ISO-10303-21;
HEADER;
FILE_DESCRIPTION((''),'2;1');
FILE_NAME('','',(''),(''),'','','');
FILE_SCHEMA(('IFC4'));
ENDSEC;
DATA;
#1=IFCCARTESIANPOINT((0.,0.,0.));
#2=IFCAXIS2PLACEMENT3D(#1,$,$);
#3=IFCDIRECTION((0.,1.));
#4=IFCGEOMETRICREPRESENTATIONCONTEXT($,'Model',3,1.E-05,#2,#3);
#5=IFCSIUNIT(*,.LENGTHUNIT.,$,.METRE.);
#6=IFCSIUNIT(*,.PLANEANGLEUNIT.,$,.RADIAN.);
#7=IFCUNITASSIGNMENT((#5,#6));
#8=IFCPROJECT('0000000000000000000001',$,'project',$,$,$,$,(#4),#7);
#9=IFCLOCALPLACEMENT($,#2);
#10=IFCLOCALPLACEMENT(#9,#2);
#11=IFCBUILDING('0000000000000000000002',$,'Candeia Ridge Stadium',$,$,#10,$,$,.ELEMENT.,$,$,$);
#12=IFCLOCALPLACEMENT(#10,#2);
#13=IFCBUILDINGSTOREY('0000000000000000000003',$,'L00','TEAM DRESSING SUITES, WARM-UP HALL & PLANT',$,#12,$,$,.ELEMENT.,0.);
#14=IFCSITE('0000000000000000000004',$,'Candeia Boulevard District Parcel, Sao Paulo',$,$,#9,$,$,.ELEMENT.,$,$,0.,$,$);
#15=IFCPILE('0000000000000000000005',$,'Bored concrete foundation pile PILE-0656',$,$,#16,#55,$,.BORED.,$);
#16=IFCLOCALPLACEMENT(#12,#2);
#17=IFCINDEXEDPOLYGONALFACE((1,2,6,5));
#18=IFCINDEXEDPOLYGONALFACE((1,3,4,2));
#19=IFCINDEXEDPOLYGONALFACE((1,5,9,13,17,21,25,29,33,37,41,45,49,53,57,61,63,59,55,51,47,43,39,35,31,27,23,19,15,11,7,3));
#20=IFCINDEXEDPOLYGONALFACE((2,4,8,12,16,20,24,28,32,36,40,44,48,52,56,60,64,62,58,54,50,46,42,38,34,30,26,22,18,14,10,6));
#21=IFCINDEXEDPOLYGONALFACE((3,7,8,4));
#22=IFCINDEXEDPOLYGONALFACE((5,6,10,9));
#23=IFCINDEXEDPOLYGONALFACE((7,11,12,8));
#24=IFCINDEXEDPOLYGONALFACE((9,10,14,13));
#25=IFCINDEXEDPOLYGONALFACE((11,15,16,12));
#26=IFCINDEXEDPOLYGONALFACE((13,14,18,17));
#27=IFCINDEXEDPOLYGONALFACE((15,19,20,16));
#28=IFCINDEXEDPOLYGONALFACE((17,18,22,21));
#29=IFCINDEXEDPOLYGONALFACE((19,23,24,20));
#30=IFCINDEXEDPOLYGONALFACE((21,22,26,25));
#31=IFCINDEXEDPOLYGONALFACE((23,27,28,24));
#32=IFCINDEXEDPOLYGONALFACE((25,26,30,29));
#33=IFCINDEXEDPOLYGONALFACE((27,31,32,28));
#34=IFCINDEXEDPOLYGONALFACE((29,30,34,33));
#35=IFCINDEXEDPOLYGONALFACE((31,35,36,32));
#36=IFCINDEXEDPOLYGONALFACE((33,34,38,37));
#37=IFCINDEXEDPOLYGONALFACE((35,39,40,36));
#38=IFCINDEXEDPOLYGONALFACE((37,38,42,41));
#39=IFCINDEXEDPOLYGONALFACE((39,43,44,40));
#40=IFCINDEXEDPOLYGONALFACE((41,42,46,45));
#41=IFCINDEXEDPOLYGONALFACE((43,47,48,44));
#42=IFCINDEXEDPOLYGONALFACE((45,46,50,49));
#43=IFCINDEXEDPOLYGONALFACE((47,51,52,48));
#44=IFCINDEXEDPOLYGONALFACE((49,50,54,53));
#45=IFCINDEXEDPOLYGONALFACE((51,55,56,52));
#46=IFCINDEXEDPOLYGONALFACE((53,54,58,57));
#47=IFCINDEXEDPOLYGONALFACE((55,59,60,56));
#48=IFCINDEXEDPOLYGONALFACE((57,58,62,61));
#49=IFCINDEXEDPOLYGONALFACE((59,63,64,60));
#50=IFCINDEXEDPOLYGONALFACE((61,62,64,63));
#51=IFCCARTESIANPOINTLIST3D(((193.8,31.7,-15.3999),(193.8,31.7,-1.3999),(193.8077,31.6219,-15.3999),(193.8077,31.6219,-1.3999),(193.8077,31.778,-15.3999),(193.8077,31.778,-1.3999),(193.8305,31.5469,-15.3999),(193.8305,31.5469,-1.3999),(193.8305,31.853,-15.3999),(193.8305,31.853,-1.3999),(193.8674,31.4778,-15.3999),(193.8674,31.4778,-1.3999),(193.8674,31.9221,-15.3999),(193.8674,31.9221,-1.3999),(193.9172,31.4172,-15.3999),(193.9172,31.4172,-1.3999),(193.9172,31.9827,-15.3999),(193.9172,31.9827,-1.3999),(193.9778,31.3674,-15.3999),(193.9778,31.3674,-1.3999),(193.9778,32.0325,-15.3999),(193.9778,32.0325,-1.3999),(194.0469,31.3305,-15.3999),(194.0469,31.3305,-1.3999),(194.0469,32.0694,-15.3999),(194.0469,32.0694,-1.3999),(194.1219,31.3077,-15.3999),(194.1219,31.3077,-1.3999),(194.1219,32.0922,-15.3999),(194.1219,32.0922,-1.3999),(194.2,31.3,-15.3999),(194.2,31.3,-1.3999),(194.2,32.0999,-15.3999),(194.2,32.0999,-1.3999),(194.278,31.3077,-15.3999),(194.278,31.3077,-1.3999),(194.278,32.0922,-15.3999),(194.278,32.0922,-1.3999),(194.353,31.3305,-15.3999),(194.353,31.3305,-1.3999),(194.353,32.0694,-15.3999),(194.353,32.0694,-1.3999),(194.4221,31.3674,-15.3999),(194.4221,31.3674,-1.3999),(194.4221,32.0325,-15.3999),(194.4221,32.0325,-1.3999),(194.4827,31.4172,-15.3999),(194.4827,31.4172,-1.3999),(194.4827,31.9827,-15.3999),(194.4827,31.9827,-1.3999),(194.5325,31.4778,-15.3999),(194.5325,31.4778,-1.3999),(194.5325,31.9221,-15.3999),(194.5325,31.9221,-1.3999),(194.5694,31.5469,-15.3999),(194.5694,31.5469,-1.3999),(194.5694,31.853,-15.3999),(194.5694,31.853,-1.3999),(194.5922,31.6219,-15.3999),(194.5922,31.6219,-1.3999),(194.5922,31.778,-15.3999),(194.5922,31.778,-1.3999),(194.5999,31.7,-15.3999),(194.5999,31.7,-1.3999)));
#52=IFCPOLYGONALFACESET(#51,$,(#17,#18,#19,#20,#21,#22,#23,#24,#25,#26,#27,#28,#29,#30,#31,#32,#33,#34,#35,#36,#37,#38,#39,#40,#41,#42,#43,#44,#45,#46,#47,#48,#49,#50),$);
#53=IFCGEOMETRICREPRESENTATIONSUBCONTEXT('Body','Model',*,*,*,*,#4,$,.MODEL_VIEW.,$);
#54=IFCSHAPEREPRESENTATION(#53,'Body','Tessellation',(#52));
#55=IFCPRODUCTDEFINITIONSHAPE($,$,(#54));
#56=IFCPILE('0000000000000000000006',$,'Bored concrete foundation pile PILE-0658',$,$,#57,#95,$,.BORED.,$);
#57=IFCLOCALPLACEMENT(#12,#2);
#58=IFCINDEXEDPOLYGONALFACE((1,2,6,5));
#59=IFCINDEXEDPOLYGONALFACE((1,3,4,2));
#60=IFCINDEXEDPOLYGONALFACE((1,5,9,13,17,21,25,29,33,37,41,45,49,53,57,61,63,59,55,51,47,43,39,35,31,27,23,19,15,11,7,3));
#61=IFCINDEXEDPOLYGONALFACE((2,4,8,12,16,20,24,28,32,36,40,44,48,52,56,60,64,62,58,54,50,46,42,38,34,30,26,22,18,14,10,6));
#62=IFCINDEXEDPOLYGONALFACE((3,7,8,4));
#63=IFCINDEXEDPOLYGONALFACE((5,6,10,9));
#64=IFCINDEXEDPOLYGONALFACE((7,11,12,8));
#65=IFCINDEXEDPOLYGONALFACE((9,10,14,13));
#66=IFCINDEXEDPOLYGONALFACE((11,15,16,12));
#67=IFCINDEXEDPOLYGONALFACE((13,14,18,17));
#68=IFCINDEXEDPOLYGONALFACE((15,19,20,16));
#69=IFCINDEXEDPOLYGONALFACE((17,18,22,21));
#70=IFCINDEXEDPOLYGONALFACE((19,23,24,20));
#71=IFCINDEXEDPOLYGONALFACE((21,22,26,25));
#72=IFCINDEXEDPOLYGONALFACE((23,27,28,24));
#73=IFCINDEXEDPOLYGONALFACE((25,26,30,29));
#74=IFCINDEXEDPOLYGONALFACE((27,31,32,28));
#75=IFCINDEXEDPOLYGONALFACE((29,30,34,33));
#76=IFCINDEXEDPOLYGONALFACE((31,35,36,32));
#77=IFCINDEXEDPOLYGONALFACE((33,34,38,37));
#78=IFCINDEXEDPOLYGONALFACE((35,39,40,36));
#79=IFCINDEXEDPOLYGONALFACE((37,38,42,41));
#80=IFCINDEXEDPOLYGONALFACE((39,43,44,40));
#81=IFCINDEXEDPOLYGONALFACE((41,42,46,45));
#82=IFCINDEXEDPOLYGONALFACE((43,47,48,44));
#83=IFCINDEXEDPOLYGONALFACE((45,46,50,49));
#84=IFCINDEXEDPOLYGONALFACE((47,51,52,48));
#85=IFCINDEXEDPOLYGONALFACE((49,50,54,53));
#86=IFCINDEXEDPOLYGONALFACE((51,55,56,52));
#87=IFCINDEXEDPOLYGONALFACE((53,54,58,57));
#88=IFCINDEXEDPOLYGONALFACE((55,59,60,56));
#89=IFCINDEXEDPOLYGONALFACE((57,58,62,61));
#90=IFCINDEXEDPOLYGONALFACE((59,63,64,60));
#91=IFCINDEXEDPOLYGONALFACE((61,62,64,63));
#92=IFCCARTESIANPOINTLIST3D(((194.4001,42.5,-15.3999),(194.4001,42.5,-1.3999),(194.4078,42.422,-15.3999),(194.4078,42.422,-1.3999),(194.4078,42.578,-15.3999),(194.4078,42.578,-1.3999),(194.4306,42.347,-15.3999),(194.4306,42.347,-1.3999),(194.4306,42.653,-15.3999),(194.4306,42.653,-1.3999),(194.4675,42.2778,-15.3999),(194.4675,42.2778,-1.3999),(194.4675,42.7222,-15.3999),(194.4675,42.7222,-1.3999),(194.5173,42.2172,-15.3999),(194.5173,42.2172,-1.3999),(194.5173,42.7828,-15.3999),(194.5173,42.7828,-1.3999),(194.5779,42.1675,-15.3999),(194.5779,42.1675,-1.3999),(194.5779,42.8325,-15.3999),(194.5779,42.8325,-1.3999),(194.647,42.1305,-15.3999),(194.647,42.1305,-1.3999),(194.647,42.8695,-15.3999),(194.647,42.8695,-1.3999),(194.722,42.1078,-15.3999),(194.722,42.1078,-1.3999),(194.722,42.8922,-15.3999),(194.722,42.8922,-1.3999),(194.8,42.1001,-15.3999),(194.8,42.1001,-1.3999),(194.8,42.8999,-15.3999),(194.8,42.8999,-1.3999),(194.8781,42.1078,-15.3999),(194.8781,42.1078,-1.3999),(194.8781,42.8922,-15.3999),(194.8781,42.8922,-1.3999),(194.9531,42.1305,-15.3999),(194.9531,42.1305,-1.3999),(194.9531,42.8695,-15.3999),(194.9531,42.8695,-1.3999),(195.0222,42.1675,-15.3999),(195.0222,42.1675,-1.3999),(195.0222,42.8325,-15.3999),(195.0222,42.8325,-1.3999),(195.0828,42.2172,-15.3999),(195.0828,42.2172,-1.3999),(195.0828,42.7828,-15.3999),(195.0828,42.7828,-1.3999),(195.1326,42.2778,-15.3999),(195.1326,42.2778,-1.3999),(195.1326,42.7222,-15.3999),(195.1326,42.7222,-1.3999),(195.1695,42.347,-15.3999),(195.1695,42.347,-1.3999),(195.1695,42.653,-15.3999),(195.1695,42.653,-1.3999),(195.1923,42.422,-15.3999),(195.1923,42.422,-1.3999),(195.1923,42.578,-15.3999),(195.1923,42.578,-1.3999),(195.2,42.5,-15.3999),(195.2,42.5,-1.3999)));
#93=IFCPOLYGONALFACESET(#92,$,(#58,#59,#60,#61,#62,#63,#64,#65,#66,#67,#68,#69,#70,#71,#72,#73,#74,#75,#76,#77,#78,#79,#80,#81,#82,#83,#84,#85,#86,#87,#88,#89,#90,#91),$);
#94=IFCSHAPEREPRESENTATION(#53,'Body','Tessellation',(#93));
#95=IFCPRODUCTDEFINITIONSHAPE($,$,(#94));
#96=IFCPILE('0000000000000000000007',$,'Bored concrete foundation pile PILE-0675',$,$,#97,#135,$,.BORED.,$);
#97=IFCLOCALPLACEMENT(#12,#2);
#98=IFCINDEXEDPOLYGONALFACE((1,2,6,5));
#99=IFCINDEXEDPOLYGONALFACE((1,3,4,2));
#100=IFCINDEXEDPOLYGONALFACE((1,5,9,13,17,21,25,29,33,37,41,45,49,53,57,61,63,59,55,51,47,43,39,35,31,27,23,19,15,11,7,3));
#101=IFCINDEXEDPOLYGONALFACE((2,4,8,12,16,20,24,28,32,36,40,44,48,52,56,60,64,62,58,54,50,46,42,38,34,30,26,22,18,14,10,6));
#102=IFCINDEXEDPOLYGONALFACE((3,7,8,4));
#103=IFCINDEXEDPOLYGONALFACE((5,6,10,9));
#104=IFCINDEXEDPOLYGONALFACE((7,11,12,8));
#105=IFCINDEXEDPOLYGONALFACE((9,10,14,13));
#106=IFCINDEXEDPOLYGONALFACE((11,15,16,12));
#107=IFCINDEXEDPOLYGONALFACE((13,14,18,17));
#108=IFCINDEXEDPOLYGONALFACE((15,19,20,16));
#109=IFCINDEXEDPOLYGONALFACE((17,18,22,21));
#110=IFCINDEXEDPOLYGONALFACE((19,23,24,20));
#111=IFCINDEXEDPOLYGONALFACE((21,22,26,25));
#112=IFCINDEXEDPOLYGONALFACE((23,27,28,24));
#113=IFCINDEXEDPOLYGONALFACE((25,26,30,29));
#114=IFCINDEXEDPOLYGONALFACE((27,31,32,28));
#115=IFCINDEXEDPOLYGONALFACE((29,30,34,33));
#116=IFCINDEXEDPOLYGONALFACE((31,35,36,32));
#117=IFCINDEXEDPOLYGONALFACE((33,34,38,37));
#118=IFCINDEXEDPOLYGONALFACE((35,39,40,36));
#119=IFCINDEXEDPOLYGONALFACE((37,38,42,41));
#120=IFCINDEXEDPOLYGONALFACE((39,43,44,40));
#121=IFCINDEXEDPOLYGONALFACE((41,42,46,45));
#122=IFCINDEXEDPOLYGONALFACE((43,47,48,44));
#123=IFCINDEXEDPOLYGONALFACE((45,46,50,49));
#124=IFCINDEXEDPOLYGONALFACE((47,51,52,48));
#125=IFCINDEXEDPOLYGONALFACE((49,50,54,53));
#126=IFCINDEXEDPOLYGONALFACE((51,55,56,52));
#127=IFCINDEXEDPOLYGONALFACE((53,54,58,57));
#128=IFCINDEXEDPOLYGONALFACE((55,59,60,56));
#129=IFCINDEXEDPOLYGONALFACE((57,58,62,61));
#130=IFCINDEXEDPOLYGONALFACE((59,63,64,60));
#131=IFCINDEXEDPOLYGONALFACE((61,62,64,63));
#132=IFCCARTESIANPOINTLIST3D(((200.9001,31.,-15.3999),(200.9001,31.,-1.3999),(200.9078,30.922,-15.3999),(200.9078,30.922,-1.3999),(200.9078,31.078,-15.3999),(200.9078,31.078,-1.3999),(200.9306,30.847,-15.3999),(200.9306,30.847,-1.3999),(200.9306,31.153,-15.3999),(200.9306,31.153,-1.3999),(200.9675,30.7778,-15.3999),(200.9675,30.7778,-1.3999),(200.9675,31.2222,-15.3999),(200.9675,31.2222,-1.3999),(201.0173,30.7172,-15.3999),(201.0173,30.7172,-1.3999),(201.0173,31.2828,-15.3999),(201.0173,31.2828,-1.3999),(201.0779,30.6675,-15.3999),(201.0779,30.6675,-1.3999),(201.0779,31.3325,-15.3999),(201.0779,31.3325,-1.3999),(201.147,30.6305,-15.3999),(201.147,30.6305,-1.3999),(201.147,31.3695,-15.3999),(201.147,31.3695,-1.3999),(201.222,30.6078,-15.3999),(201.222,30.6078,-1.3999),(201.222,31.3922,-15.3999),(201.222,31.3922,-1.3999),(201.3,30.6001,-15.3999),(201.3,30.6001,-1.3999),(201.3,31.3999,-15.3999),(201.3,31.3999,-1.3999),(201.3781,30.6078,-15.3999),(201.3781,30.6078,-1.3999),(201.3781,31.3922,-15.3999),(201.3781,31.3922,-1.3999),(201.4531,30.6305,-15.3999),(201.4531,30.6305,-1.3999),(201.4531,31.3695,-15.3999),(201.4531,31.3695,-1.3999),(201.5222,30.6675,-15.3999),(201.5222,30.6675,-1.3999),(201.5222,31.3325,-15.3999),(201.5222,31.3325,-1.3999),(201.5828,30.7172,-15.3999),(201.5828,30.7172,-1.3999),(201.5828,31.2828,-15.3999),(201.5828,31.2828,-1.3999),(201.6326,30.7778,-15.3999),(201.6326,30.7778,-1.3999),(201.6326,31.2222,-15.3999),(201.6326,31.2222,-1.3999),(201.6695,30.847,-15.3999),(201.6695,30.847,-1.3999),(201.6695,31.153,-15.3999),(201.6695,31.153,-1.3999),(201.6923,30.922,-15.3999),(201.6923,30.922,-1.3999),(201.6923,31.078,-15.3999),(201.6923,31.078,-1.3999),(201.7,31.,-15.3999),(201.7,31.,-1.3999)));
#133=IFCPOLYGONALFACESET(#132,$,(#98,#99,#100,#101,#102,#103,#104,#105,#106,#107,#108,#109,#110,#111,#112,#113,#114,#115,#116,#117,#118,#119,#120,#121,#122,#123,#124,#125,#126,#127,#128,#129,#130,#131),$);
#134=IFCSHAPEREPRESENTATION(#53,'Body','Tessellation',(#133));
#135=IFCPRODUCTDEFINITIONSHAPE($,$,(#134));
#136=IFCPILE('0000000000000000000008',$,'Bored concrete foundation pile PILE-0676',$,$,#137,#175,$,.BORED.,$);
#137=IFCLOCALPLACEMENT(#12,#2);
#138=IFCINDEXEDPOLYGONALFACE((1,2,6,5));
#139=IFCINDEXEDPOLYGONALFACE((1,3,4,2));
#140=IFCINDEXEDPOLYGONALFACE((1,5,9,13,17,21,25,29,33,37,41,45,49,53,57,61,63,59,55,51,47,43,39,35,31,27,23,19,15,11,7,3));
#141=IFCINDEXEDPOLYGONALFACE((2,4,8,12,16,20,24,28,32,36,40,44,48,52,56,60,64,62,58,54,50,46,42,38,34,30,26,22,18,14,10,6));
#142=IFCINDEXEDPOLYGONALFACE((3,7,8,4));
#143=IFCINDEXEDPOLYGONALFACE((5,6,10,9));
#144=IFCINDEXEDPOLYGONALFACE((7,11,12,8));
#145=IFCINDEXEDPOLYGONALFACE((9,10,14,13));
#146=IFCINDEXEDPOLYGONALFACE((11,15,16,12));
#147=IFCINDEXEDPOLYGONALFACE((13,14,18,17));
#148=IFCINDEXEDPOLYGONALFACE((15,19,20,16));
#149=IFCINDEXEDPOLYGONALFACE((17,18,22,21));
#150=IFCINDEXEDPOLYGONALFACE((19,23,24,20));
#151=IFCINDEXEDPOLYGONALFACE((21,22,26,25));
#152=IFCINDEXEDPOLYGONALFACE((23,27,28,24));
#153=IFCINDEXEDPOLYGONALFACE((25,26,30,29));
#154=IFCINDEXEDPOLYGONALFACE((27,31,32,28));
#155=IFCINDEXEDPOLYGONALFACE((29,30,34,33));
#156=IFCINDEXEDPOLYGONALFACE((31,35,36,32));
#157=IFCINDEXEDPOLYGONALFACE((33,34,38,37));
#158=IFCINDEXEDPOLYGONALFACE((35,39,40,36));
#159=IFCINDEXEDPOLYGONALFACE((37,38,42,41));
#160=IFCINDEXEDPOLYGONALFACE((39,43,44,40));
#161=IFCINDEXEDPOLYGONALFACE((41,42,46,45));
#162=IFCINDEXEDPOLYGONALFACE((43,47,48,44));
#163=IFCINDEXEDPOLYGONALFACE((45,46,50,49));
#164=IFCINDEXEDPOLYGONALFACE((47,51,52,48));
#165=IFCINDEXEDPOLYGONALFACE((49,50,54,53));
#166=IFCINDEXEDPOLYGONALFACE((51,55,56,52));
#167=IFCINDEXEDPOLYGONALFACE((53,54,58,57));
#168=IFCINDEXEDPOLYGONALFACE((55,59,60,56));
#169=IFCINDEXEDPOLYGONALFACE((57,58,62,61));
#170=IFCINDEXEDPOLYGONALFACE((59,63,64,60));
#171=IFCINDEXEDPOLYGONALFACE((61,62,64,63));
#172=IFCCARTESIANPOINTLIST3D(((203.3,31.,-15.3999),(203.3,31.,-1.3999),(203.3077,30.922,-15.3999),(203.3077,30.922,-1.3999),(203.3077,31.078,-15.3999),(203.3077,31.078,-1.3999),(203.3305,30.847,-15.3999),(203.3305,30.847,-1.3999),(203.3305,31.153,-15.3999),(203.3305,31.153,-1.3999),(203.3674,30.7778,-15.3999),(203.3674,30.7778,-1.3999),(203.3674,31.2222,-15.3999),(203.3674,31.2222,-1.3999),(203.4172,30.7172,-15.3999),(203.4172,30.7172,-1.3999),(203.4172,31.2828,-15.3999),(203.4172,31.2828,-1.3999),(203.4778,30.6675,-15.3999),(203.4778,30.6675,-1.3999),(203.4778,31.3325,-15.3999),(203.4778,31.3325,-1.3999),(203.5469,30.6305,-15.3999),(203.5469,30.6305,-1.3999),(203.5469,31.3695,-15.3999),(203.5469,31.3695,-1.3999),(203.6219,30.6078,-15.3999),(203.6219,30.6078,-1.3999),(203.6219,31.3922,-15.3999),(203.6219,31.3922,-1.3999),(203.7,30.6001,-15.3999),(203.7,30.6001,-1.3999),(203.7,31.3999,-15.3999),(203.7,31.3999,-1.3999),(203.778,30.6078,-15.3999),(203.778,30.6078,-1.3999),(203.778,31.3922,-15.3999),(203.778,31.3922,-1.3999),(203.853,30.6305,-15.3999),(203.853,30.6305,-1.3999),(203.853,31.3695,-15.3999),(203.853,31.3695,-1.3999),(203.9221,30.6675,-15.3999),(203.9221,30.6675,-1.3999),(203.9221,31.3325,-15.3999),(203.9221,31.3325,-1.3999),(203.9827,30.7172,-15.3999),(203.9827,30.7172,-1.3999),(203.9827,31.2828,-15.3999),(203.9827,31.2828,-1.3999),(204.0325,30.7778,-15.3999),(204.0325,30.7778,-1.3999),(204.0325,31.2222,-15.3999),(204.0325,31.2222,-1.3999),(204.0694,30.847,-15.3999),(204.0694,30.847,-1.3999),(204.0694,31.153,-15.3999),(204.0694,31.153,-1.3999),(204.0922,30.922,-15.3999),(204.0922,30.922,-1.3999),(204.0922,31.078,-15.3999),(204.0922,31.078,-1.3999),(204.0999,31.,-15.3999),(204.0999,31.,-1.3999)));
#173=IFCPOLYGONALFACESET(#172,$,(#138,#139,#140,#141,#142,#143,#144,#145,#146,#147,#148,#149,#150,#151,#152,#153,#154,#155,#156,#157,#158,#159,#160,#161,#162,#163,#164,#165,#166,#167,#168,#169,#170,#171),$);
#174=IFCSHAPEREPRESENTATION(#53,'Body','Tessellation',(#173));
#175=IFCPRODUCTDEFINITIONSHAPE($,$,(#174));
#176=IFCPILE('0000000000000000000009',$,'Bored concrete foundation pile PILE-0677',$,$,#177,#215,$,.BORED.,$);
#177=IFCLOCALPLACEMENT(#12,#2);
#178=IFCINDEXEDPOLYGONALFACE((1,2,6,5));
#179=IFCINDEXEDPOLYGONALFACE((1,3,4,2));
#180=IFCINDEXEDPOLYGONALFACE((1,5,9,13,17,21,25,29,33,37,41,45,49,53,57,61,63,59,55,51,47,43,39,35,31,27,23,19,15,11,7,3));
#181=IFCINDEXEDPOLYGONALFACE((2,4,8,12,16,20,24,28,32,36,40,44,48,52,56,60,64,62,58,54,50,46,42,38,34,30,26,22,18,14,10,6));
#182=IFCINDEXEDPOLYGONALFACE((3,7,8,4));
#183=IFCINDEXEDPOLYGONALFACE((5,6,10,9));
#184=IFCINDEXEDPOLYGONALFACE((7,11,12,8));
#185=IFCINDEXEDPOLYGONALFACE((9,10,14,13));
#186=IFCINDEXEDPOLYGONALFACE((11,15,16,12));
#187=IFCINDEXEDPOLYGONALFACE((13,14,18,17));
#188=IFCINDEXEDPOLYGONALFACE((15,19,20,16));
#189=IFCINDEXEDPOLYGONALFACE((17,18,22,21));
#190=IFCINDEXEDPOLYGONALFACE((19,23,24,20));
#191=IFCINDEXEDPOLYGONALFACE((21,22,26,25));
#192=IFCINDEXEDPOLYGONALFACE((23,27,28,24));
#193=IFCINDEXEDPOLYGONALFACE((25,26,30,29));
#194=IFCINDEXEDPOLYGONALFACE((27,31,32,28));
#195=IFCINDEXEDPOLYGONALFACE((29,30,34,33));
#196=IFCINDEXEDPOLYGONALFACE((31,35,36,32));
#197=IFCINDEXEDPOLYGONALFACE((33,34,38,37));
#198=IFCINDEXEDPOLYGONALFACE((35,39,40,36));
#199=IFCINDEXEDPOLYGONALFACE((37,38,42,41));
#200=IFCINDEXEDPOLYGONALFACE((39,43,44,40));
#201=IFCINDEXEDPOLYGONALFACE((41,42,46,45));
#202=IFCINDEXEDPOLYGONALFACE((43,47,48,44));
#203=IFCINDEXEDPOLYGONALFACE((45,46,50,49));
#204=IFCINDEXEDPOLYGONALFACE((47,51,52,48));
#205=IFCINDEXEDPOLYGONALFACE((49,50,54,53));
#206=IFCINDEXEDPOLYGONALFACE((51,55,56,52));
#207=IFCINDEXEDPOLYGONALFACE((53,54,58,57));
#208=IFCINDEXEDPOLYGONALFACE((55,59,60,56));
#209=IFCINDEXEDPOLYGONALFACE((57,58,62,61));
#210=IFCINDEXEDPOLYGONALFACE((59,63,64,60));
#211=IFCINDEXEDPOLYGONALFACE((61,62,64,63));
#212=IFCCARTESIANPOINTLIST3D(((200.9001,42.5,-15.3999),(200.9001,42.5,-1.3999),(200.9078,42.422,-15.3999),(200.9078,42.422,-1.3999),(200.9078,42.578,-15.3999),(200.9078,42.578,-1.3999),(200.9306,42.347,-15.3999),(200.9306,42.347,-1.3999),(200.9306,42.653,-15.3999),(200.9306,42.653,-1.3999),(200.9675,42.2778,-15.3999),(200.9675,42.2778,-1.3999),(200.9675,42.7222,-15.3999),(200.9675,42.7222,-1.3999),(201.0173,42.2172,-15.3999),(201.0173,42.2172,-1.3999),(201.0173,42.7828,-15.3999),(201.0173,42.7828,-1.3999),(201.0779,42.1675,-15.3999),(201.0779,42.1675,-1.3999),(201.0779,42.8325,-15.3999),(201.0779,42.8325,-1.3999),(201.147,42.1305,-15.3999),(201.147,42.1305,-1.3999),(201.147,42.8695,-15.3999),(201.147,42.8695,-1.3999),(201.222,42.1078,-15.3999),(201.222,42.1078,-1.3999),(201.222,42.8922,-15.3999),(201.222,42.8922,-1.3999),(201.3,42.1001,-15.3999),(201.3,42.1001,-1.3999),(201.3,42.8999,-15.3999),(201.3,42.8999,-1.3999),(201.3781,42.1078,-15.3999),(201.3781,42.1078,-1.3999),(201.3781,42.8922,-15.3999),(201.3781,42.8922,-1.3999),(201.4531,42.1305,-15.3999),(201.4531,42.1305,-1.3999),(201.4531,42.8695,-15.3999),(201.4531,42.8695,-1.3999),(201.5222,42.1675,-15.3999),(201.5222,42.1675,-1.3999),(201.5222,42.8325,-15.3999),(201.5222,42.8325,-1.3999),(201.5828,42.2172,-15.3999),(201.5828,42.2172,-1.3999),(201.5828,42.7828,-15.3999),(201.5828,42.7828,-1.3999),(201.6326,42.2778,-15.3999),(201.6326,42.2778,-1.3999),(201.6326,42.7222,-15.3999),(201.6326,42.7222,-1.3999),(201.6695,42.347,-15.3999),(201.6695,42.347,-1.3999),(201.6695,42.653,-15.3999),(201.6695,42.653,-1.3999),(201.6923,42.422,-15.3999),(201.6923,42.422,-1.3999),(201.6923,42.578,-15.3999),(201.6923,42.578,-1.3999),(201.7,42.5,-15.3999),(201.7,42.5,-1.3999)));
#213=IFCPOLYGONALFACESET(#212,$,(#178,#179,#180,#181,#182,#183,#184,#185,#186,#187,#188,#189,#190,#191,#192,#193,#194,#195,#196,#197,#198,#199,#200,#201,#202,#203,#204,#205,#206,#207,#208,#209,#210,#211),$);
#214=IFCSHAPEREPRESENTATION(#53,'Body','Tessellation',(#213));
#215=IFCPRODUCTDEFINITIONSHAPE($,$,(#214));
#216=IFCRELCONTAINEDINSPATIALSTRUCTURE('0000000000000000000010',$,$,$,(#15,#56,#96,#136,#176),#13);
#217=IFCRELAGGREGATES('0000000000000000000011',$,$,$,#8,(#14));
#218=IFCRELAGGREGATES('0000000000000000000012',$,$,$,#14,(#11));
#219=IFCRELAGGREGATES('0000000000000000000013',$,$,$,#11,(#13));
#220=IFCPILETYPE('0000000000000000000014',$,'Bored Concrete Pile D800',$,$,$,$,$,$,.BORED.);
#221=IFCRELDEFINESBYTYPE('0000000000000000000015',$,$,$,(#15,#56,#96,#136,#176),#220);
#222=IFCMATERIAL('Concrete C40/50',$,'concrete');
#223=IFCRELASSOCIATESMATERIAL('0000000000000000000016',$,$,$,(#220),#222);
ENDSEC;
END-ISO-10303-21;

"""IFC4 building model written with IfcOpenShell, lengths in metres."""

from ifc_helpers import new_model, si_unit, direction, frame, origin, origin_2d, place, context, subcontext, project, spatial, circle, extrude, material, material_profile, profile_set, type_object, element, save


model = new_model("IFC4")

# Units and contexts
model_context = context("Model", 3, precision=1e-05, world=origin(), true_north=direction((0.0, 1.0)))
body_context = subcontext(model_context, "Body", "Model", "MODEL_VIEW")
ifc_project = project(units=[si_unit("LENGTHUNIT", "METRE"), si_unit("PLANEANGLEUNIT", "RADIAN")], contexts=[model_context])

# Site, building, storey
site_placement = place(None, origin())
site = spatial("IfcSite", under=ifc_project, at=site_placement, Name="Candeia Boulevard District Parcel, Sao Paulo", CompositionType="ELEMENT", RefElevation=0.0)
building_placement = place(site_placement, origin())
building = spatial("IfcBuilding", under=site, at=building_placement, Name="Candeia Ridge Stadium", CompositionType="ELEMENT")
storey_placement = place(building_placement, origin())
storey = spatial("IfcBuildingStorey", under=building, at=storey_placement, Name="L00", Description="TEAM DRESSING SUITES, WARM-UP HALL & PLANT", CompositionType="ELEMENT", Elevation=0.0)

# Piles
ifc_material_1 = material(Name="Concrete C40/50", Category="concrete")
ifc_material_profile_1 = material_profile(ifc_material_1, circle(Radius=0.3999, at=origin_2d()), Name="PILE-D800", Category="concrete")
ifc_profile_set_1 = profile_set([ifc_material_profile_1], Name="Concrete C40/50")
pile_type = type_object("IfcPileType", Name="Bored Concrete Pile D800", PredefinedType="BORED", material=ifc_profile_set_1)
for number, where, z_axis, x_axis, name in (
    (1, (194.2, 31.7, -1.3999), (0.0, 0.0, -1.0), (1.0, 0.0, 0.0), "Bored concrete foundation pile PILE-0656"),
    (2, (194.8, 42.5, -1.3999), (0.0, 0.0, -1.0), (1.0, 0.0, 0.0), "Bored concrete foundation pile PILE-0658"),
    (3, (201.3, 31.0, -1.3999), (0.0, 0.0, -1.0), (1.0, 0.0, 0.0), "Bored concrete foundation pile PILE-0675"),
    (4, (203.7, 31.0, -1.3999), (0.0, 0.0, -1.0), (1.0, 0.0, 0.0), "Bored concrete foundation pile PILE-0676"),
    (5, (201.3, 42.5, -1.3999), (0.0, 0.0, -1.0), (1.0, 0.0, 0.0), "Bored concrete foundation pile PILE-0677"),
):
    element("IfcPile", number, at=place(storey_placement, frame(where, z_axis=z_axis, x_axis=x_axis)), inside=storey, type_object=pile_type, Name=name, PredefinedType="BORED", context=body_context, shape_type="SweptSolid", body=[
        extrude(circle(Radius=0.3999, at=origin_2d()), origin(), (0.0, 0.0, 1.0), 14.0),
    ])

save(model, "model.ifc")
